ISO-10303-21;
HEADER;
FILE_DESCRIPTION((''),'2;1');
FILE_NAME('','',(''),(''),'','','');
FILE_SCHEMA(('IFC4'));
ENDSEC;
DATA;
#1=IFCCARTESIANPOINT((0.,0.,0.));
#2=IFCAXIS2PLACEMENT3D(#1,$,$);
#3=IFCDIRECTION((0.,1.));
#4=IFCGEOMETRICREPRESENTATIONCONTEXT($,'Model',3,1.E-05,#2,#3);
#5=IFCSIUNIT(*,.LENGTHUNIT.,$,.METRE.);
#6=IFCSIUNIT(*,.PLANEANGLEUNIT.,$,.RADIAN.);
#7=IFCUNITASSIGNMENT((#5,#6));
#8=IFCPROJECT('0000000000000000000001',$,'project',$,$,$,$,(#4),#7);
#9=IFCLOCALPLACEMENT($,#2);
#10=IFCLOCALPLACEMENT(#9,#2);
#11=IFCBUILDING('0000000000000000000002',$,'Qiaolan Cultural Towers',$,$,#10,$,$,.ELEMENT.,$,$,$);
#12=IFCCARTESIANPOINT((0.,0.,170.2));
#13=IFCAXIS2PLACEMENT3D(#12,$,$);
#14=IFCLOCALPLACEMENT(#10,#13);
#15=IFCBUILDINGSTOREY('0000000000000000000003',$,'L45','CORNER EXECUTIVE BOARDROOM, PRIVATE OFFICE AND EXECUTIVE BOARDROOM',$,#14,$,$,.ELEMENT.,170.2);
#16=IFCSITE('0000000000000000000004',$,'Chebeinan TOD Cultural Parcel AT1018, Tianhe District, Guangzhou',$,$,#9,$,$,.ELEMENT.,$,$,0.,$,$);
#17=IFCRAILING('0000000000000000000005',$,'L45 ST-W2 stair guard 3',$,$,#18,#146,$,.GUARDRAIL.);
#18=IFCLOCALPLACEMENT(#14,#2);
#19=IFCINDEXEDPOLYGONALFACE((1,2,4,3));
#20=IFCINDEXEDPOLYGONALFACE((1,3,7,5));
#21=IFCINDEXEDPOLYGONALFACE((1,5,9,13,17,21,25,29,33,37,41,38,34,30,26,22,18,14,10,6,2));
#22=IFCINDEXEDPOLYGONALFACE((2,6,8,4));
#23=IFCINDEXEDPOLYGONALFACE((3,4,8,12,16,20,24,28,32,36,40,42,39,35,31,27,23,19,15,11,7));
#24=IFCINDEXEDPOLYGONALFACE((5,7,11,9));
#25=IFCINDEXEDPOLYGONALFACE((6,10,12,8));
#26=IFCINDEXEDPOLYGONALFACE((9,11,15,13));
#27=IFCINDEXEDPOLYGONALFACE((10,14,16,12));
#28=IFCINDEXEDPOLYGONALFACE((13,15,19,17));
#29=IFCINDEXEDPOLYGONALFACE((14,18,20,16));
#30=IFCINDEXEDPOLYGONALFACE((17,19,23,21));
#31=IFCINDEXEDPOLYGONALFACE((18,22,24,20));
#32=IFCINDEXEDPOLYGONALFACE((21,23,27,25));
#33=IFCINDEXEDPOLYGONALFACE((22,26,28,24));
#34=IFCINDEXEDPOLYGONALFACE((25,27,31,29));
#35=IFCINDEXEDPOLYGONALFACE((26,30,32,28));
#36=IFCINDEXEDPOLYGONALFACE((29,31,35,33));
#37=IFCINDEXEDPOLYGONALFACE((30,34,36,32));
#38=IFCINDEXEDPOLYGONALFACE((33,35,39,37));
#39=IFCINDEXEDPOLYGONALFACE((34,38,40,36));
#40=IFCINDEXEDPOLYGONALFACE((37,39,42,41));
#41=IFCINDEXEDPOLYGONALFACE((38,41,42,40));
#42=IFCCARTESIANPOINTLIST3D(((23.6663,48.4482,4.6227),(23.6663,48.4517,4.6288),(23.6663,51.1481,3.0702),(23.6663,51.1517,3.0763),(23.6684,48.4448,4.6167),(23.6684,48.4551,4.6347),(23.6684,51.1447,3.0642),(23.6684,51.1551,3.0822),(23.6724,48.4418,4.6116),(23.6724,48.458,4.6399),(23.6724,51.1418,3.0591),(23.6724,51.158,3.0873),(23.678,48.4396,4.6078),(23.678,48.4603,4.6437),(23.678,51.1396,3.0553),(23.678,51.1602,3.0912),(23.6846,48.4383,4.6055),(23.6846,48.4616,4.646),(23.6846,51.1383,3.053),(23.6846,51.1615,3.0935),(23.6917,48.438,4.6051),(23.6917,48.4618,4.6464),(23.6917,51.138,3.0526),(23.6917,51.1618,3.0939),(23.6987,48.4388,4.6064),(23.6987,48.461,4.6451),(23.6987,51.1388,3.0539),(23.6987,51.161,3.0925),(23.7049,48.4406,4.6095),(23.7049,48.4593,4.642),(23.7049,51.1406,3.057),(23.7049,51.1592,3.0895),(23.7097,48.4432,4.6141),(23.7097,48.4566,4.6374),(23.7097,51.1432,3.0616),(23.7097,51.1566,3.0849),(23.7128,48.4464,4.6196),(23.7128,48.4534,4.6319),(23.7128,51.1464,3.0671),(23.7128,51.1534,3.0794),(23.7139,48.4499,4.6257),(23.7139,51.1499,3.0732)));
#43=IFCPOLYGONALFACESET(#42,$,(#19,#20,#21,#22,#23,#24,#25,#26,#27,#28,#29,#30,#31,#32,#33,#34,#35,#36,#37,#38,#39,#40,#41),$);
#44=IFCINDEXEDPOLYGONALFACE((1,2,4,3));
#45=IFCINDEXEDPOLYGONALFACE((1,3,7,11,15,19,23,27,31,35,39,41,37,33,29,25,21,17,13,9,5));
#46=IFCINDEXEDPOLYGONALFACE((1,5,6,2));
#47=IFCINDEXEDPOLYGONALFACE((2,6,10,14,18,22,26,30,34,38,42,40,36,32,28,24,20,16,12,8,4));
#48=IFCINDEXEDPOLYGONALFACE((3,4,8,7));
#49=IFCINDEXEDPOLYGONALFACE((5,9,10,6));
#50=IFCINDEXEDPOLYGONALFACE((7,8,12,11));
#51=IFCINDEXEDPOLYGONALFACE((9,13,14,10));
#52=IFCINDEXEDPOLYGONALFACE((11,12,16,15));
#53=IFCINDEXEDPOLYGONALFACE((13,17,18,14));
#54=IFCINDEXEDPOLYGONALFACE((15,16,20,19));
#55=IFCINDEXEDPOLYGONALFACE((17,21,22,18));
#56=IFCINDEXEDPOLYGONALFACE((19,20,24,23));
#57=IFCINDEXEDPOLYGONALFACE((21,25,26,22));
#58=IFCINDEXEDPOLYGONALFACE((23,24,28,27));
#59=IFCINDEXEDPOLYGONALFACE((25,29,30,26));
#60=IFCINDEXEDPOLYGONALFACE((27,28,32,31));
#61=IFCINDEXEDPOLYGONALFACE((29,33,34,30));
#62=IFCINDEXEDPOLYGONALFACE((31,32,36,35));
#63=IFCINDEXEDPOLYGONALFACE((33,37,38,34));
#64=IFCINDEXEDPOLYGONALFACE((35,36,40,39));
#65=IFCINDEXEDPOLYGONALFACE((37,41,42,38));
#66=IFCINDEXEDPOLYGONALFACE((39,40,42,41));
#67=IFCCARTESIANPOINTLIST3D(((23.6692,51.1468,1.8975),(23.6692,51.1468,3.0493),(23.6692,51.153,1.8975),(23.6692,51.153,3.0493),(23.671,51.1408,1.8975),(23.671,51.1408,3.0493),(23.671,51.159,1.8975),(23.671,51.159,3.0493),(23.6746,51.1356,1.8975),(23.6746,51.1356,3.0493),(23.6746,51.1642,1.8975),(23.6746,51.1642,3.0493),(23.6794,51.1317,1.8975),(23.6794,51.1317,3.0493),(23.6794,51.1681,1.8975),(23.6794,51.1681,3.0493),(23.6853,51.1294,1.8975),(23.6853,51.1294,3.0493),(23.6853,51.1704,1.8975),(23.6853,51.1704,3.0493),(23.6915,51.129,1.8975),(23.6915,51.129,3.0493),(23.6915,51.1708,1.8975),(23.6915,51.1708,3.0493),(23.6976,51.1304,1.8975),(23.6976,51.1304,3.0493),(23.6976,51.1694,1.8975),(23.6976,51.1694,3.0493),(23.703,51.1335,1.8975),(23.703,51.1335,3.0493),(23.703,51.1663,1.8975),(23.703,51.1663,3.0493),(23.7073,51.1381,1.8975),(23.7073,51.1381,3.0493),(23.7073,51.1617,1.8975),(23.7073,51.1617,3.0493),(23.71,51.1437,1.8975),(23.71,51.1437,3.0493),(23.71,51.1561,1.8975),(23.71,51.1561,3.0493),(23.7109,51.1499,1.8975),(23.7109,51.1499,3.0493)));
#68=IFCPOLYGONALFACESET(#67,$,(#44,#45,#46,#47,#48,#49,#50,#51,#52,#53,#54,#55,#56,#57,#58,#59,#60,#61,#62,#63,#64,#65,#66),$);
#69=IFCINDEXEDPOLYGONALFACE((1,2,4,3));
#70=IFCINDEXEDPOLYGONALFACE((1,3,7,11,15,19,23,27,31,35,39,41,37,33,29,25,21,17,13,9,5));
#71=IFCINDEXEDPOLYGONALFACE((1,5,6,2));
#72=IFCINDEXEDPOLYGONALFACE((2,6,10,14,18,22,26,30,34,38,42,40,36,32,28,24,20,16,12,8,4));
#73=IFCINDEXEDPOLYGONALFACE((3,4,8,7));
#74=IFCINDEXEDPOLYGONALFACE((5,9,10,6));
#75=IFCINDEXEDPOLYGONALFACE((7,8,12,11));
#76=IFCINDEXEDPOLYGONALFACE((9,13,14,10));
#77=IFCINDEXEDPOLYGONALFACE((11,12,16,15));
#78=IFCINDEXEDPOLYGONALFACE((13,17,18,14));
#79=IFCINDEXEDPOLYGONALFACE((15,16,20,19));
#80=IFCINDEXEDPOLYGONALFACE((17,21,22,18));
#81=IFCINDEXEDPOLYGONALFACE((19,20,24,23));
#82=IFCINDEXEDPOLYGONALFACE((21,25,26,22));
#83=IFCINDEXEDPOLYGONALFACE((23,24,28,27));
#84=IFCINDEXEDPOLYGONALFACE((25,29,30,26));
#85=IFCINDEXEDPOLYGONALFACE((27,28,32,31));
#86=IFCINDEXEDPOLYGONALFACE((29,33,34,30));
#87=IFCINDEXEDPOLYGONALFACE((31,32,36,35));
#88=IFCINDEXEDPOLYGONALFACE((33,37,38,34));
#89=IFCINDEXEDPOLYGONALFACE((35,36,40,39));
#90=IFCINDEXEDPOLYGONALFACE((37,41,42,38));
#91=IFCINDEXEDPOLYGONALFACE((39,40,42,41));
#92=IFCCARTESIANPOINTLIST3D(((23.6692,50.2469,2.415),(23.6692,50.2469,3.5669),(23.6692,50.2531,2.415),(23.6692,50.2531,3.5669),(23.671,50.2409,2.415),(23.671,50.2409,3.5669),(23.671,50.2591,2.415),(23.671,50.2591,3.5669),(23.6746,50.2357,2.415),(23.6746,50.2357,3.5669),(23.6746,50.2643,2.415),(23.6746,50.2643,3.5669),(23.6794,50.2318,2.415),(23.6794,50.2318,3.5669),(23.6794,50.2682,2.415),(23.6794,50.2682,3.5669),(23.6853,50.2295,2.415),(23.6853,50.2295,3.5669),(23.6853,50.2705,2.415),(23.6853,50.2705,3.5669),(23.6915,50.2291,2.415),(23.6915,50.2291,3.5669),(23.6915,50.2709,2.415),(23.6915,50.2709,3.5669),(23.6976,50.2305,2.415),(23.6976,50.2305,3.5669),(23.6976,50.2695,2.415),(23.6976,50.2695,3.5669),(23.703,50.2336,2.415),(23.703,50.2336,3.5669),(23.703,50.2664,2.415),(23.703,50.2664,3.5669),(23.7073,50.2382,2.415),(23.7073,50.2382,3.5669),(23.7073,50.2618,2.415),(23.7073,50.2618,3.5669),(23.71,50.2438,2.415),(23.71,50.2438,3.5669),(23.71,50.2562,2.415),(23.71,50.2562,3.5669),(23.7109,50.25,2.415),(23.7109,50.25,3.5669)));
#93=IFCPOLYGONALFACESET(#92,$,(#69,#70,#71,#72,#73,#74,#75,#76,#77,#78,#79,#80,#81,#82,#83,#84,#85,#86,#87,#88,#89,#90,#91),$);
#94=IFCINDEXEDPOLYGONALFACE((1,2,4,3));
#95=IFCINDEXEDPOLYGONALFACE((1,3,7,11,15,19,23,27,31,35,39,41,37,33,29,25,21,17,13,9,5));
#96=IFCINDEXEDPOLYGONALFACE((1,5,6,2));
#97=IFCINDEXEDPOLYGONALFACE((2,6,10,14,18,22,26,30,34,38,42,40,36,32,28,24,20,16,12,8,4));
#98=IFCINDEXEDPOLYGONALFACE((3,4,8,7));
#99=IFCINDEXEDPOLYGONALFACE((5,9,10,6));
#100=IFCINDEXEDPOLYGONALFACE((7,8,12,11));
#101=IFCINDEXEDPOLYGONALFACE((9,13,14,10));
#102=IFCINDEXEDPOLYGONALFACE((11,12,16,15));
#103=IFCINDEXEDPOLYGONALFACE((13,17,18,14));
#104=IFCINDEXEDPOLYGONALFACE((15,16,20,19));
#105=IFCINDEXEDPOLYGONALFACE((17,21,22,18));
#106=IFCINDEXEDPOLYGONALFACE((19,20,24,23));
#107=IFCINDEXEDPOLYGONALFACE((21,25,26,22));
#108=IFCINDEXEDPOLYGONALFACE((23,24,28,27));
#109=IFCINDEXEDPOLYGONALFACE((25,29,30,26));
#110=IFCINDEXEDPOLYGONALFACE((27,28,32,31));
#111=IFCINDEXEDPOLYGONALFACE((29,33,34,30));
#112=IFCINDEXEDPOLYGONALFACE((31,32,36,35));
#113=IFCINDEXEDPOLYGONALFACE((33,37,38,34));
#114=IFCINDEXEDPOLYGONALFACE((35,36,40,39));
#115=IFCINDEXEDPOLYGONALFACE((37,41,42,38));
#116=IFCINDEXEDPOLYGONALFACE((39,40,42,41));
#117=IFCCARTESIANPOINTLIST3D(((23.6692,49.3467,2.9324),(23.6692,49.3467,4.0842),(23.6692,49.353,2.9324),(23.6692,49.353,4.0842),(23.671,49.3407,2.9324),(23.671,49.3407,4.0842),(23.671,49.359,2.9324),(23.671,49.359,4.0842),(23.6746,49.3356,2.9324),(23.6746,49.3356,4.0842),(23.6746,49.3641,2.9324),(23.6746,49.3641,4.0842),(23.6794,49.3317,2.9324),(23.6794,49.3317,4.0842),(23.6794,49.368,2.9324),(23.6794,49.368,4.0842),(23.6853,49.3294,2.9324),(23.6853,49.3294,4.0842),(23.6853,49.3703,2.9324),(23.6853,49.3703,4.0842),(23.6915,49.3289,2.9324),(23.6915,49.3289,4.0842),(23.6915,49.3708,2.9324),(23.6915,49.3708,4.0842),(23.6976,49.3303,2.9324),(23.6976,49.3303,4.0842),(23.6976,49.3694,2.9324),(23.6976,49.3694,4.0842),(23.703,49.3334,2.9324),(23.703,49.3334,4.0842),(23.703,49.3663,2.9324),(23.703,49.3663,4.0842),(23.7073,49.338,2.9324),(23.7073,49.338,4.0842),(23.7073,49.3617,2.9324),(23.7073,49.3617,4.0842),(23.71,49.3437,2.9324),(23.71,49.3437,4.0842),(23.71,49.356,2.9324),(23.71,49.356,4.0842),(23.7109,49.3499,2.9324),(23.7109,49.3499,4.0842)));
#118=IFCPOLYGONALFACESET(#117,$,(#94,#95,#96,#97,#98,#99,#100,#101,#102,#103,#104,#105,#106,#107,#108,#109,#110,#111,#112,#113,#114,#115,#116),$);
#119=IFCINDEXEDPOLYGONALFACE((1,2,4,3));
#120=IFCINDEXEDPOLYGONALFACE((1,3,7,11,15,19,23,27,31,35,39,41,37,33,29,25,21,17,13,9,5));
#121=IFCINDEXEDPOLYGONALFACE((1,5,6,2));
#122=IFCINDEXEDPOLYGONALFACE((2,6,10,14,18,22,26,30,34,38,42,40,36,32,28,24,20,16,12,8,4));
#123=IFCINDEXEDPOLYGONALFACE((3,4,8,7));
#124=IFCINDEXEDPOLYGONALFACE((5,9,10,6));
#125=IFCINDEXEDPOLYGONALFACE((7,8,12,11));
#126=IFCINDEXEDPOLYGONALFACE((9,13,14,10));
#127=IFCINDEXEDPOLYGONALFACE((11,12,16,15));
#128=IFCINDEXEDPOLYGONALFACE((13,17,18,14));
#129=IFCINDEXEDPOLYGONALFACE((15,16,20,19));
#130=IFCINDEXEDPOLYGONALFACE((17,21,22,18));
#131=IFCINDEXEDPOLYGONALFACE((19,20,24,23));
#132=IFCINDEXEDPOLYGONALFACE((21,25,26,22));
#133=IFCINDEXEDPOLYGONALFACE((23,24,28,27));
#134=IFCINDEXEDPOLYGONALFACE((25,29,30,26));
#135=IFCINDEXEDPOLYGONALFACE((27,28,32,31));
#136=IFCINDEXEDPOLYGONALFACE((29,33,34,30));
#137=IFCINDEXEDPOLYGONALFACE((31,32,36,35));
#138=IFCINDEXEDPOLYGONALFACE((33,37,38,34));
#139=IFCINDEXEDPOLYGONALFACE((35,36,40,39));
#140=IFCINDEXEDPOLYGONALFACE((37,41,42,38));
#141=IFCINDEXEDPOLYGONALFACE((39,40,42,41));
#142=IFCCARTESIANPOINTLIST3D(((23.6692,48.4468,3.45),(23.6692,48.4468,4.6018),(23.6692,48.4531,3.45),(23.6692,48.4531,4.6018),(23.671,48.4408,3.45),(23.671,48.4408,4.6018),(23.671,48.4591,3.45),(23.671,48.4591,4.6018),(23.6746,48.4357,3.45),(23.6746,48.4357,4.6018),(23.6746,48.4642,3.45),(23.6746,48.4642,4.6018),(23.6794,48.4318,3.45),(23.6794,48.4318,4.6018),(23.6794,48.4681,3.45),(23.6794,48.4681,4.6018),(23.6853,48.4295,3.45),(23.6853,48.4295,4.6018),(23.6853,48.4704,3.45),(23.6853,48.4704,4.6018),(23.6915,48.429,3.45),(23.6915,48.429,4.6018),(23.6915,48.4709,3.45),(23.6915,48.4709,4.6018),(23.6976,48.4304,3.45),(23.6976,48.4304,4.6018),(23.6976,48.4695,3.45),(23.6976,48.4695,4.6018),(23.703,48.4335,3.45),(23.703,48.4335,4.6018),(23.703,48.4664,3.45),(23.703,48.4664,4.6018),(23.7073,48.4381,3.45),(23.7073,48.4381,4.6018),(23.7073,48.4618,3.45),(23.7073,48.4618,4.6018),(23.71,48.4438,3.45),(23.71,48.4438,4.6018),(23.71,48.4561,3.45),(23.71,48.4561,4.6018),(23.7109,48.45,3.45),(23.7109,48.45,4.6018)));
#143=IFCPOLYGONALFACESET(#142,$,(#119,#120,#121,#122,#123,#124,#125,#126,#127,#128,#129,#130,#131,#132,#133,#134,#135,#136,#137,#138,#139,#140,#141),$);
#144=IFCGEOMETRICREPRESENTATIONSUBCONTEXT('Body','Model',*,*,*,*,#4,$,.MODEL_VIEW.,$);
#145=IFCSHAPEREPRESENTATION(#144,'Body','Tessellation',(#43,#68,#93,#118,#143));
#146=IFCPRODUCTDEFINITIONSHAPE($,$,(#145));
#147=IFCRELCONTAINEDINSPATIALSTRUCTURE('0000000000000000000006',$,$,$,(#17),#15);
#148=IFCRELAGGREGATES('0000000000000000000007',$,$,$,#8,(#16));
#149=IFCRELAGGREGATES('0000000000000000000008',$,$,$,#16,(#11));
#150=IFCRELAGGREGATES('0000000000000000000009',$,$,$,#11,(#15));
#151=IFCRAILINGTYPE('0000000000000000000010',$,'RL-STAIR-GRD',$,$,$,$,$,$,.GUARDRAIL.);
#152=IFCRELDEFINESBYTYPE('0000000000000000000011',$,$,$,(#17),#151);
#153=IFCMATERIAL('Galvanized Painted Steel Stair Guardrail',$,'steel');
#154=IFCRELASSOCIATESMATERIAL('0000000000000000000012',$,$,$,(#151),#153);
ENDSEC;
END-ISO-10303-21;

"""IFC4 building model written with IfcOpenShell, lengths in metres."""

from ifc_helpers import new_model, si_unit, direction, frame, origin, origin_2d, place, context, subcontext, project, spatial, circle, extrude, material, type_object, element, save


model = new_model("IFC4")

# Units and contexts
model_context = context("Model", 3, precision=1e-05, world=origin(), true_north=direction((0.0, 1.0)))
body_context = subcontext(model_context, "Body", "Model", "MODEL_VIEW")
ifc_project = project(units=[si_unit("LENGTHUNIT", "METRE"), si_unit("PLANEANGLEUNIT", "RADIAN")], contexts=[model_context])

# Site, building, storey
site_placement = place(None, origin())
site = spatial("IfcSite", under=ifc_project, at=site_placement, Name="Chebeinan TOD Cultural Parcel AT1018, Tianhe District, Guangzhou", CompositionType="ELEMENT", RefElevation=0.0)
building_placement = place(site_placement, origin())
building = spatial("IfcBuilding", under=site, at=building_placement, Name="Qiaolan Cultural Towers", CompositionType="ELEMENT")
storey_placement = place(building_placement, frame((0.0, 0.0, 170.2)))
storey = spatial("IfcBuildingStorey", under=building, at=storey_placement, Name="L45", Description="CORNER EXECUTIVE BOARDROOM, PRIVATE OFFICE AND EXECUTIVE BOARDROOM", CompositionType="ELEMENT", Elevation=170.2)

# Railing
ifc_material_1 = material(Name="Galvanized Painted Steel Stair Guardrail", Category="steel")
railing_type_1 = type_object("IfcRailingType", Name="RL-STAIR-GRD", PredefinedType="GUARDRAIL", material=ifc_material_1)
railing_1_placement = place(storey_placement, frame((23.6899, 51.1499, 1.8975)))
element("IfcRailing", 1, at=railing_1_placement, inside=storey, type_object=railing_type_1, Name="L45 ST-W2 stair guard 3", PredefinedType="GUARDRAIL", context=body_context, shape_type="SweptSolid", body=[
    extrude(circle(Radius=0.0239, at=origin_2d()), frame((0.0, 0.0, 1.1758), z_axis=(0.0, -0.866904, 0.498476), x_axis=(1.0, 0.0, 0.0)), (0.0, 0.0, 1.0), 3.1145),
    extrude(circle(Radius=0.021, at=origin_2d()), origin(), (0.0, 0.0, 1.0), 1.1519),
    extrude(circle(Radius=0.021, at=origin_2d()), frame((0.0, -0.8999, 0.5176)), (0.0, 0.0, 1.0), 1.1519),
    extrude(circle(Radius=0.021, at=origin_2d()), frame((0.0, -1.8, 1.0349)), (0.0, 0.0, 1.0), 1.1519),
    extrude(circle(Radius=0.021, at=origin_2d()), frame((0.0, -2.7, 1.5525)), (0.0, 0.0, 1.0), 1.1519),
])

save(model, "model.ifc")
